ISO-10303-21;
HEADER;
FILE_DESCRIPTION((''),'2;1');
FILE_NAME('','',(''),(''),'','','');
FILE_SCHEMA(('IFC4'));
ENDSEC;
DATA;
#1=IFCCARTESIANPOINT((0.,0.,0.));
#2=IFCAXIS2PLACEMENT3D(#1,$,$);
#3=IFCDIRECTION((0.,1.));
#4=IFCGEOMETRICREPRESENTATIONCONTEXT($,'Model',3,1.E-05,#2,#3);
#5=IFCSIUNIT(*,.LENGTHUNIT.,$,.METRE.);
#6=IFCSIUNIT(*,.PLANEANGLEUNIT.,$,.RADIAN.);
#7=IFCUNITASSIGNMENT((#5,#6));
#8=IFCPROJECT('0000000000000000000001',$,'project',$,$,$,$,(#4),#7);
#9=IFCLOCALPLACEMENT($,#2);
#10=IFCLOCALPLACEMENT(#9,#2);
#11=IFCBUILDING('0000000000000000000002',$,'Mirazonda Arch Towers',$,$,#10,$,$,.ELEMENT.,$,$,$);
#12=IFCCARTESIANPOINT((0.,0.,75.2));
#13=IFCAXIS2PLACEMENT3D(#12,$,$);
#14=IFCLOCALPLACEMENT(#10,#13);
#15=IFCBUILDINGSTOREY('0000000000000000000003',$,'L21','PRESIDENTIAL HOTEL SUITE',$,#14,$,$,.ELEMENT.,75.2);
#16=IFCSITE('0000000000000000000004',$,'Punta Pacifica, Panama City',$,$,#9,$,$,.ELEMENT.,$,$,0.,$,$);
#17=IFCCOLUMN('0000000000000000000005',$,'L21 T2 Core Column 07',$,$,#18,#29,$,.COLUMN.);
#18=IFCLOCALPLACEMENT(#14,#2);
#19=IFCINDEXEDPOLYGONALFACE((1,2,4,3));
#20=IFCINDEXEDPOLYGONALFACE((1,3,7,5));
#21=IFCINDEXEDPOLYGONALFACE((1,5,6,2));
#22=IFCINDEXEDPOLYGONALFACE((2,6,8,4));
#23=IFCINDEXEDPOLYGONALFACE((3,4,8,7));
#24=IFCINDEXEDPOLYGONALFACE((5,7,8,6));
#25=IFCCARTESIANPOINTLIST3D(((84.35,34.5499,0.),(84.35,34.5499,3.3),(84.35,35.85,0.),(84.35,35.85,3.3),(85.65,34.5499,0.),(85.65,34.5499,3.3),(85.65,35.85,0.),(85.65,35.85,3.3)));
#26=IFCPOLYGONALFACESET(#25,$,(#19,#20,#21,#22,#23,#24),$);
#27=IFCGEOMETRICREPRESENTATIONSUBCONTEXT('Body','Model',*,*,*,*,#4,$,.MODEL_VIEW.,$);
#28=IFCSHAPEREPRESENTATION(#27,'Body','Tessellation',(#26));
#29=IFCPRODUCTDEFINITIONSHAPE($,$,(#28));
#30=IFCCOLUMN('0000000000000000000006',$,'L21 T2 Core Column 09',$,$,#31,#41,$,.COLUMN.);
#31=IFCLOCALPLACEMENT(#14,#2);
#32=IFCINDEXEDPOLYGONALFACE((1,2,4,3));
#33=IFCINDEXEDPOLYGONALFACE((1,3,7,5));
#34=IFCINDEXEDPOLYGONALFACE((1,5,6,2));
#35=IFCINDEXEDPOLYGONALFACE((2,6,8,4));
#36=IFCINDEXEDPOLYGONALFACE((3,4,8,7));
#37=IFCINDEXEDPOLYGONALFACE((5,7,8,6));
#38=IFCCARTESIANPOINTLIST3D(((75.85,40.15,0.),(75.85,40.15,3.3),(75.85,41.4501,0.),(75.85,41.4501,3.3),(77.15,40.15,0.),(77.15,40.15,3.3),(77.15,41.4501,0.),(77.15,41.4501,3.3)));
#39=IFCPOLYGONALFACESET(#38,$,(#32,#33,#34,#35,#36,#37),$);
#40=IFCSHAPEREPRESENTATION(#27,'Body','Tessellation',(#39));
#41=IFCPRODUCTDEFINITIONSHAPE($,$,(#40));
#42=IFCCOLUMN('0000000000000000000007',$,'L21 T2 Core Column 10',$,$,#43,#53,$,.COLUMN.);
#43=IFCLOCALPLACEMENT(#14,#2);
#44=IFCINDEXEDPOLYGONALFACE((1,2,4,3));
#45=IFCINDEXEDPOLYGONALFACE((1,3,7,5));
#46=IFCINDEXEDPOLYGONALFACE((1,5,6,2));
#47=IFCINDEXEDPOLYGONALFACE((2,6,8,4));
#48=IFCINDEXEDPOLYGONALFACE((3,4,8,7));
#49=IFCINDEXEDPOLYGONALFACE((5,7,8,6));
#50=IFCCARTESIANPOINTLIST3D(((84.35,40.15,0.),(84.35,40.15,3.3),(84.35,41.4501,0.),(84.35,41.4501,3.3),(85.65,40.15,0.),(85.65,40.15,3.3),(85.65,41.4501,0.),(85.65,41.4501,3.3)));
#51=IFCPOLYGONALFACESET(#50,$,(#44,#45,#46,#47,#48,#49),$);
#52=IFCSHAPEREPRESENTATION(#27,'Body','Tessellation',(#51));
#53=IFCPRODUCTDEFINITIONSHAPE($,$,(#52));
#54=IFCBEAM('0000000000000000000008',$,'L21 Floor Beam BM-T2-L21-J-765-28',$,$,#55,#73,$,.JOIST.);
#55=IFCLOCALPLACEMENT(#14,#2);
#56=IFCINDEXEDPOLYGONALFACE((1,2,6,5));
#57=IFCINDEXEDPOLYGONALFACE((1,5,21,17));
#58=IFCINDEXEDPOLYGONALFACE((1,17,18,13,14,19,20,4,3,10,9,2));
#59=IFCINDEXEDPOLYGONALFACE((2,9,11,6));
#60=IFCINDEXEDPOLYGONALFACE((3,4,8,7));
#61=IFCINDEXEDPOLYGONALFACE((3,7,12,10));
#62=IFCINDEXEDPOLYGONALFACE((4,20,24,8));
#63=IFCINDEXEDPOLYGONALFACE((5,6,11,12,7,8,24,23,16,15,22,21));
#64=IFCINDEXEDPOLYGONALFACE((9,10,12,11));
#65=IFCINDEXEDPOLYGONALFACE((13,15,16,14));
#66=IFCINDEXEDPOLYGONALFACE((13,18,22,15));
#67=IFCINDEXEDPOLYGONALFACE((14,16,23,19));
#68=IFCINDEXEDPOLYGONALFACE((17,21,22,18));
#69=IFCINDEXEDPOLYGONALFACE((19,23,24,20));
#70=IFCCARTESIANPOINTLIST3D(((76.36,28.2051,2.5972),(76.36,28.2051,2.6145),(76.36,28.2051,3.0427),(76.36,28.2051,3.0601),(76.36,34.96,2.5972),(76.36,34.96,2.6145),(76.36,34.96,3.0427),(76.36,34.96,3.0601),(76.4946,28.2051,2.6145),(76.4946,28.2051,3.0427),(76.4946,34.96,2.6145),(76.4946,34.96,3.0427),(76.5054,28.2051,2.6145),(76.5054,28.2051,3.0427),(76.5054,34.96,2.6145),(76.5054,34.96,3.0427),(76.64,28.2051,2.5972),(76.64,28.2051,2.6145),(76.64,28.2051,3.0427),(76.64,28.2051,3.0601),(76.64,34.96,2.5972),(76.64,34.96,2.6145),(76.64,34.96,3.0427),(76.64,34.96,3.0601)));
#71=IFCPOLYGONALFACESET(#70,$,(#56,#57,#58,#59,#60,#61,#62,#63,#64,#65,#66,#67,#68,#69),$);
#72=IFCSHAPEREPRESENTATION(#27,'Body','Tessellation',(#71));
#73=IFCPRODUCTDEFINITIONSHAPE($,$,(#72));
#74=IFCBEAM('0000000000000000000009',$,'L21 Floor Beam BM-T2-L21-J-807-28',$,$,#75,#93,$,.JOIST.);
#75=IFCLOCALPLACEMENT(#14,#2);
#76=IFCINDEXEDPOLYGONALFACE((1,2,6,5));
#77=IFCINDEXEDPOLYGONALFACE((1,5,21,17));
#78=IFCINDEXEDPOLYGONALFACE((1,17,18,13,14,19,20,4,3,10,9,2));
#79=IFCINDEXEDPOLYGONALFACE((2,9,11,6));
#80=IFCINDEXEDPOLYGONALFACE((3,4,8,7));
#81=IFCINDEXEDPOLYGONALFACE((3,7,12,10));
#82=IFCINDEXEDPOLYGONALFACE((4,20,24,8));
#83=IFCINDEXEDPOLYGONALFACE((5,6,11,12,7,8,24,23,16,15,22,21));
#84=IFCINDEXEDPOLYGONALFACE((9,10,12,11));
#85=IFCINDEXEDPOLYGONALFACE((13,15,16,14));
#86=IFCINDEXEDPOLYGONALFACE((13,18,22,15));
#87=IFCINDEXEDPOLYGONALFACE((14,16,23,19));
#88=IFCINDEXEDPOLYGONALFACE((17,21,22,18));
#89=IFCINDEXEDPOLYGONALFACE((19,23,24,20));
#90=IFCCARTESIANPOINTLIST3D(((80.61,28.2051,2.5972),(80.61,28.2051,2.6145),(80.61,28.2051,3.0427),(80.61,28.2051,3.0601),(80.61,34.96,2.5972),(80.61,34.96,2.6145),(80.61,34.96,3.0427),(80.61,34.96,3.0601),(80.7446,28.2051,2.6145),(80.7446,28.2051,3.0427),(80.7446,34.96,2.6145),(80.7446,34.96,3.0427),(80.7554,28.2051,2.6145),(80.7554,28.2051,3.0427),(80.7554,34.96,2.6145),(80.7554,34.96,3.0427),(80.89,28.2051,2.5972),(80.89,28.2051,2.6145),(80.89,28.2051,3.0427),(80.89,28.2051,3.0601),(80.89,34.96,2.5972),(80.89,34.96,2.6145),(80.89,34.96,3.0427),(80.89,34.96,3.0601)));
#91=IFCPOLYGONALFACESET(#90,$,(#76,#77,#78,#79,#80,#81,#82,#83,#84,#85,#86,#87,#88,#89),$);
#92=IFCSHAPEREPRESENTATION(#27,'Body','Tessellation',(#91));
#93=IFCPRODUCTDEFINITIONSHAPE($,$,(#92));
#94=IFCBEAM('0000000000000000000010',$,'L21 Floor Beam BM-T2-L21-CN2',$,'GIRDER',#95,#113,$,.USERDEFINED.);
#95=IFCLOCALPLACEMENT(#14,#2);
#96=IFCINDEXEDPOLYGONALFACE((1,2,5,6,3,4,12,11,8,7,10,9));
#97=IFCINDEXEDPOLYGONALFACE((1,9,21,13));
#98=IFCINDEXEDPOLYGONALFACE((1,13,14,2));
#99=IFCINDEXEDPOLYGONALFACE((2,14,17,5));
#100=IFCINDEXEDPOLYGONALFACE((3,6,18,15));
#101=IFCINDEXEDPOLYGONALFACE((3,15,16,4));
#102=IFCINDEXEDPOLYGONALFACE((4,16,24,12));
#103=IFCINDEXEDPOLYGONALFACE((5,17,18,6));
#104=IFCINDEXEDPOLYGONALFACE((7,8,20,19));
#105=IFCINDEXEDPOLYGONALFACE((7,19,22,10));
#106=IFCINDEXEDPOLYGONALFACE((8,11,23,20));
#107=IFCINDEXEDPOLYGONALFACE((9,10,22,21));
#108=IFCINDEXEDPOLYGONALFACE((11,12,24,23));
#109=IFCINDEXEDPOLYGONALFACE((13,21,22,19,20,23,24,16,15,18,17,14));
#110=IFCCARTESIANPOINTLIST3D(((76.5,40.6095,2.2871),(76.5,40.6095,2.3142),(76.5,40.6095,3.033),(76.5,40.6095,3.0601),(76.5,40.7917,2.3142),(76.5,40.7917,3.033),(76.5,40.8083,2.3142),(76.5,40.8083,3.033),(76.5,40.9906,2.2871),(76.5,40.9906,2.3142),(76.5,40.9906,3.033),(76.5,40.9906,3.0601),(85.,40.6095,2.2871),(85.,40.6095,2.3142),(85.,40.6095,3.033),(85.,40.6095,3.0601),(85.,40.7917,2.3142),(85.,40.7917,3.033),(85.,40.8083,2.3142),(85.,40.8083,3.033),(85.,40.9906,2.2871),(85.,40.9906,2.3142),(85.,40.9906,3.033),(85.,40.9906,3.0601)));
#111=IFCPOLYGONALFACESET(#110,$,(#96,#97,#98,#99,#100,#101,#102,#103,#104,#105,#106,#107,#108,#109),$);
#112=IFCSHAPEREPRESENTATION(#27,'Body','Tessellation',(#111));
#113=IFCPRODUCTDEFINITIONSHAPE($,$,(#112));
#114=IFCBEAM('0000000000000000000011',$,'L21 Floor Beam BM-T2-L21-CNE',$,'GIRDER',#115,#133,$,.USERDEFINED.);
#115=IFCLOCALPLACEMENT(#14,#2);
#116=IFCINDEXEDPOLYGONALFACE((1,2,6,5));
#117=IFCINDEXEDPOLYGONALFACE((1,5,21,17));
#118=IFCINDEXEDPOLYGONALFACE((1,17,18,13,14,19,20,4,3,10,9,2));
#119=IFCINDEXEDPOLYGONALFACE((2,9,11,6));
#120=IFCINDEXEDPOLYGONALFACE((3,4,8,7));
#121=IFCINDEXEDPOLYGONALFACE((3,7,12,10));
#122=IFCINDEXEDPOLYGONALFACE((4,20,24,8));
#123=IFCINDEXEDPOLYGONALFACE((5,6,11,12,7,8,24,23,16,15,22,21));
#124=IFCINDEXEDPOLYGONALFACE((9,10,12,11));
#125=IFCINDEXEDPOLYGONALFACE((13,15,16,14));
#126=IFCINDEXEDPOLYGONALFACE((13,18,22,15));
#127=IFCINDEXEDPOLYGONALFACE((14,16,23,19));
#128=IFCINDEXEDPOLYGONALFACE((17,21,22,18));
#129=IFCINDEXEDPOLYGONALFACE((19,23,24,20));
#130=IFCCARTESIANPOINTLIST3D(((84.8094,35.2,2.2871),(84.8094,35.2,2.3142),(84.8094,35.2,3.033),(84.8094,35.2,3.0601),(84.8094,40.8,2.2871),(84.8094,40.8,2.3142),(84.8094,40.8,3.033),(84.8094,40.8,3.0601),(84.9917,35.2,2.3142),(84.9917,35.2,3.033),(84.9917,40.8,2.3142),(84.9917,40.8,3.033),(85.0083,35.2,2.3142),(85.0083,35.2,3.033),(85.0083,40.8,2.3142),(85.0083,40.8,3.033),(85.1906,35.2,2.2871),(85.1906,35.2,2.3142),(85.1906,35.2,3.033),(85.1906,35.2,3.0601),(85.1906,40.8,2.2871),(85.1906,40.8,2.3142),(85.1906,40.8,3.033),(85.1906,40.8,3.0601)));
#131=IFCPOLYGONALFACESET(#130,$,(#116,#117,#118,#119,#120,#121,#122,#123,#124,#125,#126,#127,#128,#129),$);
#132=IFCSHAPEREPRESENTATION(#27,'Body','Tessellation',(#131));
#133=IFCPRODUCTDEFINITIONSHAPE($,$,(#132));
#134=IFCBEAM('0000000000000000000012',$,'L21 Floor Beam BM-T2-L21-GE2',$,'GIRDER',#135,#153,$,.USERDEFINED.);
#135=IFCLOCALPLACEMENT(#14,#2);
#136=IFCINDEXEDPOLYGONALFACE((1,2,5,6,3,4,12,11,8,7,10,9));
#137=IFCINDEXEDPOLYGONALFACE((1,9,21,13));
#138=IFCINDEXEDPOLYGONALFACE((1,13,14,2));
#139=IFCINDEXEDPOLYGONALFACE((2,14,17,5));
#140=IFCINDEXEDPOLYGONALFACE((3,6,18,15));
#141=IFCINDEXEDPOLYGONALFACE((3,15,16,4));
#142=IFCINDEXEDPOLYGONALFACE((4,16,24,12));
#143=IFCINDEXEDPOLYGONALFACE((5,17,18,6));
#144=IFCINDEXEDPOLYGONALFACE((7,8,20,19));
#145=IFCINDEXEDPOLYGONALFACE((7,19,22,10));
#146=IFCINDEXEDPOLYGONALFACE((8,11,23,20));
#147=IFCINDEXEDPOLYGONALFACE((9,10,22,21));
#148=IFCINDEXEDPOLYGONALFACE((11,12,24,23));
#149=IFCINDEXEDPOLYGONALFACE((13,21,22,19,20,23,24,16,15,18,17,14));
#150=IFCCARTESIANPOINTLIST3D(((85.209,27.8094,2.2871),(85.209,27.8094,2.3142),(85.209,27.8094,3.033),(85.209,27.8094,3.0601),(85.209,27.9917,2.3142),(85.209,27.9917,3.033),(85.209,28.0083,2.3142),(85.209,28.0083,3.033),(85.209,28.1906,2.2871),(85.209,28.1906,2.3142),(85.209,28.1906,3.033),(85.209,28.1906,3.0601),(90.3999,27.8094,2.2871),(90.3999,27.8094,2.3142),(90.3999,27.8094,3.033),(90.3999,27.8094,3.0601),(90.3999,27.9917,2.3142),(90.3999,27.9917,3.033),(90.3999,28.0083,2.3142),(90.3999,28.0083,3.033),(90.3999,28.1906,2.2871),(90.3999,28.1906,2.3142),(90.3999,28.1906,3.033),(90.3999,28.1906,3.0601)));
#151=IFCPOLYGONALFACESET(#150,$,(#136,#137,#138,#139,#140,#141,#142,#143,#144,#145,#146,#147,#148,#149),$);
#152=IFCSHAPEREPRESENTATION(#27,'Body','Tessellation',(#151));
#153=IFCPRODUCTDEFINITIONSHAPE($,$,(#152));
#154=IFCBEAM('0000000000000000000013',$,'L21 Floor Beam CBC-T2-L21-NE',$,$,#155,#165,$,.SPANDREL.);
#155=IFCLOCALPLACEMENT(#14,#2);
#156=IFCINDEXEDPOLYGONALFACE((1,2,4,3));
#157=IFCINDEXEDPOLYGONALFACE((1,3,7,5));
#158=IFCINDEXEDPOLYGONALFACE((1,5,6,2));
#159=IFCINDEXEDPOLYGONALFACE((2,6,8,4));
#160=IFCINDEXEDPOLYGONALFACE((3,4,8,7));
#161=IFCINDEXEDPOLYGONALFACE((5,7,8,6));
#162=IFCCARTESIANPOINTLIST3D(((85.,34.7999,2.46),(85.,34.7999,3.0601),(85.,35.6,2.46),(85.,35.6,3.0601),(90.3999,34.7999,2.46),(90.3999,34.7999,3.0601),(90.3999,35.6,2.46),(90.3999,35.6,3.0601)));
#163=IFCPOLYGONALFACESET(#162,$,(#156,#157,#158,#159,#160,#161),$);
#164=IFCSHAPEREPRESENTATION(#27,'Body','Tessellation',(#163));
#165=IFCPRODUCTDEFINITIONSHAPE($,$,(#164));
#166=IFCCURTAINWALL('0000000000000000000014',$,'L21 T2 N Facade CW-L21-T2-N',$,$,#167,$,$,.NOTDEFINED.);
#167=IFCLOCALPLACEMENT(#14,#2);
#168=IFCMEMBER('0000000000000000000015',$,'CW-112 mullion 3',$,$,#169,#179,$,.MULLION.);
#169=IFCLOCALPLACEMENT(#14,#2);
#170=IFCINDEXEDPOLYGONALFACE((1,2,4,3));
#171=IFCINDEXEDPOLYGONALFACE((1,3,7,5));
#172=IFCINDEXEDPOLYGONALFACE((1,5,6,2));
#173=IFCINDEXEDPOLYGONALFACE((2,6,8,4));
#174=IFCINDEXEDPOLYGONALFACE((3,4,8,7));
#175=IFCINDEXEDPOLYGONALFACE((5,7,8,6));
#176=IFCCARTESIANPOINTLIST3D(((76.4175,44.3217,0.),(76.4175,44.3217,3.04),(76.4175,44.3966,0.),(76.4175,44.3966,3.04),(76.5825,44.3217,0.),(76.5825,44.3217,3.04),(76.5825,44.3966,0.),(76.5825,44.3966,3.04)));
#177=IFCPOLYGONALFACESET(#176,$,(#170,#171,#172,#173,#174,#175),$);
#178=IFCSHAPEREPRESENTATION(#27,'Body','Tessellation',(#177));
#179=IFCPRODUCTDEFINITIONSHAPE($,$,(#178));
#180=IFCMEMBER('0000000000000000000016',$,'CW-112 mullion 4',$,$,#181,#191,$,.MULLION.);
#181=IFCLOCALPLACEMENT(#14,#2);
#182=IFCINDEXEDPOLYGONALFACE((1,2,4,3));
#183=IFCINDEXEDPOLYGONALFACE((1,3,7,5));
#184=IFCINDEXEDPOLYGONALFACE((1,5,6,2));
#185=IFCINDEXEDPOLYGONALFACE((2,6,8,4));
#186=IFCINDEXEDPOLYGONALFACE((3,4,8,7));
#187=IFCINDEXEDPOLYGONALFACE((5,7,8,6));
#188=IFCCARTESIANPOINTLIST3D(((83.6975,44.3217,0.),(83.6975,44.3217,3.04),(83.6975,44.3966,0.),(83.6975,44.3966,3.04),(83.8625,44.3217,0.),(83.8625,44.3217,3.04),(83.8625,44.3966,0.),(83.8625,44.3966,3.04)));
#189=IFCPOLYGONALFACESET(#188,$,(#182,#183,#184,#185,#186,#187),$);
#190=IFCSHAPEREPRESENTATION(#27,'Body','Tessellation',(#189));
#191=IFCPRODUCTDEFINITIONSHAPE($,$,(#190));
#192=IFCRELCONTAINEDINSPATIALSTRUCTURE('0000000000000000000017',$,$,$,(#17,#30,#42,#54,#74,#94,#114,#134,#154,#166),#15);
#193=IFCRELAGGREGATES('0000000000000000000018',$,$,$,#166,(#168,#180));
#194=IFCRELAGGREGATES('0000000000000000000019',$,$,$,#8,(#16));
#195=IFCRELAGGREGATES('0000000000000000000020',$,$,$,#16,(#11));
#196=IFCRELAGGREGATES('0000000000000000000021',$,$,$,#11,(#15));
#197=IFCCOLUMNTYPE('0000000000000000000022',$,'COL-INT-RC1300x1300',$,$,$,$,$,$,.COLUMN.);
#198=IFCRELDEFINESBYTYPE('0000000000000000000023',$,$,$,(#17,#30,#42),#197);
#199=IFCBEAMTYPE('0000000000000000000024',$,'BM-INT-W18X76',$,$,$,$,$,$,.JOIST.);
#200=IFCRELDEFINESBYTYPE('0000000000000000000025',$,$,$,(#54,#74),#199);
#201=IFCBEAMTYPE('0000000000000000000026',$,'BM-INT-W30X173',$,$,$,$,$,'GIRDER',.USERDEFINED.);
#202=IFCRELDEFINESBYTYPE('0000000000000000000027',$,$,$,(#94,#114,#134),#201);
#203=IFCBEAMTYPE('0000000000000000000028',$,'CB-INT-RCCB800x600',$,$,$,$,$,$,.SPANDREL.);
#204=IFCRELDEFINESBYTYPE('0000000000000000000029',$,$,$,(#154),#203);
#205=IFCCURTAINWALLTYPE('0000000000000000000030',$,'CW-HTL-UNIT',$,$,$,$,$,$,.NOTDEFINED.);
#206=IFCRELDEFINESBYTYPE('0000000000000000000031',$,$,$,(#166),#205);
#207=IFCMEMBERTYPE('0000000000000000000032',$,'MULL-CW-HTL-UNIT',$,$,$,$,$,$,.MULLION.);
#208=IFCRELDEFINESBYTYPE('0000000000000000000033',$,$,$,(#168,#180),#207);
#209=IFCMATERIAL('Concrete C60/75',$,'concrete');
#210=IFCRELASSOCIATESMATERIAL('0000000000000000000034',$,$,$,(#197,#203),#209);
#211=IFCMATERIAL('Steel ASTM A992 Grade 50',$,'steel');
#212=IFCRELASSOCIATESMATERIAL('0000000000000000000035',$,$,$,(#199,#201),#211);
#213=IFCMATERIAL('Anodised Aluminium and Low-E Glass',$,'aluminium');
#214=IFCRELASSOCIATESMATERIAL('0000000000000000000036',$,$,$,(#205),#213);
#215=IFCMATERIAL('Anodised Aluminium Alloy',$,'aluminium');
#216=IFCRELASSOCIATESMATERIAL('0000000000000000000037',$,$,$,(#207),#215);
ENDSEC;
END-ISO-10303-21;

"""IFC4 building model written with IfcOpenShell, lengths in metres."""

from ifc_helpers import new_model, si_unit, direction, frame, origin, origin_2d, place, context, subcontext, project, spatial, rectangle, i_section, extrude, material, material_profile, profile_set, type_object, element, aggregate, save


model = new_model("IFC4")

# Units and contexts
model_context = context("Model", 3, precision=1e-05, world=origin(), true_north=direction((0.0, 1.0)))
body_context = subcontext(model_context, "Body", "Model", "MODEL_VIEW")
ifc_project = project(units=[si_unit("LENGTHUNIT", "METRE"), si_unit("PLANEANGLEUNIT", "RADIAN")], contexts=[model_context])

# Site, building, storey
site_placement = place(None, origin())
site = spatial("IfcSite", under=ifc_project, at=site_placement, Name="Punta Pacifica, Panama City", CompositionType="ELEMENT", RefElevation=0.0)
building_placement = place(site_placement, origin())
building = spatial("IfcBuilding", under=site, at=building_placement, Name="Mirazonda Arch Towers", CompositionType="ELEMENT")
storey_placement = place(building_placement, frame((0.0, 0.0, 75.2)))
storey = spatial("IfcBuildingStorey", under=building, at=storey_placement, Name="L21", Description="PRESIDENTIAL HOTEL SUITE", CompositionType="ELEMENT", Elevation=75.2)

# Columns
ifc_material_1 = material(Name="Concrete C60/75", Category="concrete")
ifc_material_profile_1 = material_profile(ifc_material_1, rectangle(XDim=1.3, YDim=1.3, at=origin_2d()), Name="RC1300x1300")
ifc_profile_set_1 = profile_set([ifc_material_profile_1], Name="Concrete C60/75")
column_type = type_object("IfcColumnType", Name="COL-INT-RC1300x1300", PredefinedType="COLUMN", material=ifc_profile_set_1)
for number, where, z_axis, x_axis, name in (
    (1, (85.0, 35.2, 0.0), (0.0, 0.0, 1.0), (1.0, 0.0, 0.0), "L21 T2 Core Column 07"),
    (2, (76.5, 40.8, 0.0), (0.0, 0.0, 1.0), (1.0, 0.0, 0.0), "L21 T2 Core Column 09"),
    (3, (85.0, 40.8, 0.0), (0.0, 0.0, 1.0), (1.0, 0.0, 0.0), "L21 T2 Core Column 10"),
):
    element("IfcColumn", number, at=place(storey_placement, frame(where, z_axis=z_axis, x_axis=x_axis)), inside=storey, type_object=column_type, Name=name, PredefinedType="COLUMN", context=body_context, shape_type="SweptSolid", body=[
        extrude(rectangle(XDim=1.3, YDim=1.3, at=origin_2d()), origin(), (0.0, 0.0, 1.0), 3.3),
    ])

# Beams
ifc_material_2 = material(Name="Steel ASTM A992 Grade 50", Category="steel")
ifc_material_profile_2 = material_profile(ifc_material_2, i_section(OverallWidth=0.28, OverallDepth=0.4629, WebThickness=0.0107, FlangeThickness=0.0173, at=origin_2d()), Name="W18X76")
ifc_profile_set_2 = profile_set([ifc_material_profile_2], Name="Steel ASTM A992 Grade 50")
beam_type_1 = type_object("IfcBeamType", Name="BM-INT-W18X76", PredefinedType="JOIST", material=ifc_profile_set_2)
for number, where, z_axis, x_axis, name in (
    (4, (76.5, 28.2051, 2.8286), (0.0, 1.0, 0.0), (-1.0, 0.0, 0.0), "L21 Floor Beam BM-T2-L21-J-765-28"),
    (5, (80.75, 28.2051, 2.8286), (0.0, 1.0, 0.0), (-1.0, 0.0, 0.0), "L21 Floor Beam BM-T2-L21-J-807-28"),
):
    element("IfcBeam", number, at=place(storey_placement, frame(where, z_axis=z_axis, x_axis=x_axis)), inside=storey, type_object=beam_type_1, Name=name, PredefinedType="JOIST", context=body_context, shape_type="SweptSolid", body=[
        extrude(i_section(OverallWidth=0.28, OverallDepth=0.4629, WebThickness=0.0107, FlangeThickness=0.0173, at=origin_2d()), origin(), (0.0, 0.0, 1.0), 6.7549),
    ])
ifc_material_profile_3 = material_profile(ifc_material_2, i_section(OverallWidth=0.3811, OverallDepth=0.7729, WebThickness=0.0166, FlangeThickness=0.0271, at=origin_2d()), Name="W30X173")
ifc_profile_set_3 = profile_set([ifc_material_profile_3], Name="Steel ASTM A992 Grade 50")
beam_type_2 = type_object("IfcBeamType", Name="BM-INT-W30X173", ElementType="GIRDER", PredefinedType="USERDEFINED", material=ifc_profile_set_3)
beam_1_placement = place(storey_placement, frame((76.5, 40.8, 2.6736), z_axis=(1.0, 0.0, 0.0), x_axis=(0.0, 1.0, 0.0)))
element("IfcBeam", 6, at=beam_1_placement, inside=storey, type_object=beam_type_2, Name="L21 Floor Beam BM-T2-L21-CN2", ObjectType="GIRDER", PredefinedType="USERDEFINED", context=body_context, shape_type="SweptSolid", body=[
    extrude(i_section(OverallWidth=0.3811, OverallDepth=0.7729, WebThickness=0.0166, FlangeThickness=0.0271, at=origin_2d()), origin(), (0.0, 0.0, 1.0), 8.5),
])
beam_2_placement = place(storey_placement, frame((85.0, 35.2, 2.6736), z_axis=(0.0, 1.0, 0.0), x_axis=(-1.0, 0.0, 0.0)))
element("IfcBeam", 7, at=beam_2_placement, inside=storey, type_object=beam_type_2, Name="L21 Floor Beam BM-T2-L21-CNE", ObjectType="GIRDER", PredefinedType="USERDEFINED", context=body_context, shape_type="SweptSolid", body=[
    extrude(i_section(OverallWidth=0.3811, OverallDepth=0.7729, WebThickness=0.0166, FlangeThickness=0.0271, at=origin_2d()), origin(), (0.0, 0.0, 1.0), 5.6001),
])
beam_3_placement = place(storey_placement, frame((85.209, 28.0, 2.6736), z_axis=(1.0, 0.0, 0.0), x_axis=(0.0, 1.0, 0.0)))
element("IfcBeam", 8, at=beam_3_placement, inside=storey, type_object=beam_type_2, Name="L21 Floor Beam BM-T2-L21-GE2", ObjectType="GIRDER", PredefinedType="USERDEFINED", context=body_context, shape_type="SweptSolid", body=[
    extrude(i_section(OverallWidth=0.3811, OverallDepth=0.7729, WebThickness=0.0166, FlangeThickness=0.0271, at=origin_2d()), origin(), (0.0, 0.0, 1.0), 5.1909),
])
ifc_material_profile_4 = material_profile(ifc_material_1, rectangle(XDim=0.8, YDim=0.6001, at=origin_2d()), Name="RCCB800x600")
ifc_profile_set_4 = profile_set([ifc_material_profile_4], Name="Concrete C60/75")
beam_type_3 = type_object("IfcBeamType", Name="CB-INT-RCCB800x600", PredefinedType="SPANDREL", material=ifc_profile_set_4)
beam_4_placement = place(storey_placement, frame((85.0, 35.2, 2.76), z_axis=(1.0, 0.0, 0.0), x_axis=(0.0, 1.0, 0.0)))
element("IfcBeam", 9, at=beam_4_placement, inside=storey, type_object=beam_type_3, Name="L21 Floor Beam CBC-T2-L21-NE", PredefinedType="SPANDREL", context=body_context, shape_type="SweptSolid", body=[
    extrude(rectangle(XDim=0.8, YDim=0.6001, at=origin_2d()), origin(), (0.0, 0.0, 1.0), 5.3999),
])

# Curtain wall, members
ifc_material_3 = material(Name="Anodised Aluminium and Low-E Glass", Category="aluminium")
curtain_wall_type = type_object("IfcCurtainWallType", Name="CW-HTL-UNIT", PredefinedType="NOTDEFINED", material=ifc_material_3)
curtain_wall_placement = place(storey_placement, origin())
curtain_wall = element("IfcCurtainWall", 10, at=curtain_wall_placement, inside=storey, type_object=curtain_wall_type, Name="L21 T2 N Facade CW-L21-T2-N", PredefinedType="NOTDEFINED")
ifc_material_4 = material(Name="Anodised Aluminium Alloy", Category="aluminium")
ifc_material_profile_5 = material_profile(ifc_material_4, rectangle(XDim=0.075, YDim=0.165, at=origin_2d()), Name="ALU-MULL-75x165")
ifc_profile_set_5 = profile_set([ifc_material_profile_5], Name="Anodised Aluminium Alloy")
member_type_1 = type_object("IfcMemberType", Name="MULL-CW-HTL-UNIT", PredefinedType="MULLION", material=ifc_profile_set_5)
member_1_placement = place(storey_placement, frame((76.5, 44.3591, 0.0), z_axis=(0.0, 0.0, 1.0), x_axis=(0.0, 1.0, 0.0)))
member_1 = element("IfcMember", 11, at=member_1_placement, type_object=member_type_1, Name="CW-112 mullion 3", PredefinedType="MULLION", context=body_context, shape_type="SweptSolid", body=[
    extrude(rectangle(XDim=0.075, YDim=0.165, at=origin_2d()), origin(), (0.0, 0.0, 1.0), 3.04),
])
member_2_placement = place(storey_placement, frame((83.78, 44.3591, 0.0), z_axis=(0.0, 0.0, 1.0), x_axis=(0.0, 1.0, 0.0)))
member_2 = element("IfcMember", 12, at=member_2_placement, type_object=member_type_1, Name="CW-112 mullion 4", PredefinedType="MULLION", context=body_context, shape_type="SweptSolid", body=[
    extrude(rectangle(XDim=0.075, YDim=0.165, at=origin_2d()), origin(), (0.0, 0.0, 1.0), 3.04),
])
aggregate(curtain_wall, [member_1, member_2])

save(model, "model.ifc")
